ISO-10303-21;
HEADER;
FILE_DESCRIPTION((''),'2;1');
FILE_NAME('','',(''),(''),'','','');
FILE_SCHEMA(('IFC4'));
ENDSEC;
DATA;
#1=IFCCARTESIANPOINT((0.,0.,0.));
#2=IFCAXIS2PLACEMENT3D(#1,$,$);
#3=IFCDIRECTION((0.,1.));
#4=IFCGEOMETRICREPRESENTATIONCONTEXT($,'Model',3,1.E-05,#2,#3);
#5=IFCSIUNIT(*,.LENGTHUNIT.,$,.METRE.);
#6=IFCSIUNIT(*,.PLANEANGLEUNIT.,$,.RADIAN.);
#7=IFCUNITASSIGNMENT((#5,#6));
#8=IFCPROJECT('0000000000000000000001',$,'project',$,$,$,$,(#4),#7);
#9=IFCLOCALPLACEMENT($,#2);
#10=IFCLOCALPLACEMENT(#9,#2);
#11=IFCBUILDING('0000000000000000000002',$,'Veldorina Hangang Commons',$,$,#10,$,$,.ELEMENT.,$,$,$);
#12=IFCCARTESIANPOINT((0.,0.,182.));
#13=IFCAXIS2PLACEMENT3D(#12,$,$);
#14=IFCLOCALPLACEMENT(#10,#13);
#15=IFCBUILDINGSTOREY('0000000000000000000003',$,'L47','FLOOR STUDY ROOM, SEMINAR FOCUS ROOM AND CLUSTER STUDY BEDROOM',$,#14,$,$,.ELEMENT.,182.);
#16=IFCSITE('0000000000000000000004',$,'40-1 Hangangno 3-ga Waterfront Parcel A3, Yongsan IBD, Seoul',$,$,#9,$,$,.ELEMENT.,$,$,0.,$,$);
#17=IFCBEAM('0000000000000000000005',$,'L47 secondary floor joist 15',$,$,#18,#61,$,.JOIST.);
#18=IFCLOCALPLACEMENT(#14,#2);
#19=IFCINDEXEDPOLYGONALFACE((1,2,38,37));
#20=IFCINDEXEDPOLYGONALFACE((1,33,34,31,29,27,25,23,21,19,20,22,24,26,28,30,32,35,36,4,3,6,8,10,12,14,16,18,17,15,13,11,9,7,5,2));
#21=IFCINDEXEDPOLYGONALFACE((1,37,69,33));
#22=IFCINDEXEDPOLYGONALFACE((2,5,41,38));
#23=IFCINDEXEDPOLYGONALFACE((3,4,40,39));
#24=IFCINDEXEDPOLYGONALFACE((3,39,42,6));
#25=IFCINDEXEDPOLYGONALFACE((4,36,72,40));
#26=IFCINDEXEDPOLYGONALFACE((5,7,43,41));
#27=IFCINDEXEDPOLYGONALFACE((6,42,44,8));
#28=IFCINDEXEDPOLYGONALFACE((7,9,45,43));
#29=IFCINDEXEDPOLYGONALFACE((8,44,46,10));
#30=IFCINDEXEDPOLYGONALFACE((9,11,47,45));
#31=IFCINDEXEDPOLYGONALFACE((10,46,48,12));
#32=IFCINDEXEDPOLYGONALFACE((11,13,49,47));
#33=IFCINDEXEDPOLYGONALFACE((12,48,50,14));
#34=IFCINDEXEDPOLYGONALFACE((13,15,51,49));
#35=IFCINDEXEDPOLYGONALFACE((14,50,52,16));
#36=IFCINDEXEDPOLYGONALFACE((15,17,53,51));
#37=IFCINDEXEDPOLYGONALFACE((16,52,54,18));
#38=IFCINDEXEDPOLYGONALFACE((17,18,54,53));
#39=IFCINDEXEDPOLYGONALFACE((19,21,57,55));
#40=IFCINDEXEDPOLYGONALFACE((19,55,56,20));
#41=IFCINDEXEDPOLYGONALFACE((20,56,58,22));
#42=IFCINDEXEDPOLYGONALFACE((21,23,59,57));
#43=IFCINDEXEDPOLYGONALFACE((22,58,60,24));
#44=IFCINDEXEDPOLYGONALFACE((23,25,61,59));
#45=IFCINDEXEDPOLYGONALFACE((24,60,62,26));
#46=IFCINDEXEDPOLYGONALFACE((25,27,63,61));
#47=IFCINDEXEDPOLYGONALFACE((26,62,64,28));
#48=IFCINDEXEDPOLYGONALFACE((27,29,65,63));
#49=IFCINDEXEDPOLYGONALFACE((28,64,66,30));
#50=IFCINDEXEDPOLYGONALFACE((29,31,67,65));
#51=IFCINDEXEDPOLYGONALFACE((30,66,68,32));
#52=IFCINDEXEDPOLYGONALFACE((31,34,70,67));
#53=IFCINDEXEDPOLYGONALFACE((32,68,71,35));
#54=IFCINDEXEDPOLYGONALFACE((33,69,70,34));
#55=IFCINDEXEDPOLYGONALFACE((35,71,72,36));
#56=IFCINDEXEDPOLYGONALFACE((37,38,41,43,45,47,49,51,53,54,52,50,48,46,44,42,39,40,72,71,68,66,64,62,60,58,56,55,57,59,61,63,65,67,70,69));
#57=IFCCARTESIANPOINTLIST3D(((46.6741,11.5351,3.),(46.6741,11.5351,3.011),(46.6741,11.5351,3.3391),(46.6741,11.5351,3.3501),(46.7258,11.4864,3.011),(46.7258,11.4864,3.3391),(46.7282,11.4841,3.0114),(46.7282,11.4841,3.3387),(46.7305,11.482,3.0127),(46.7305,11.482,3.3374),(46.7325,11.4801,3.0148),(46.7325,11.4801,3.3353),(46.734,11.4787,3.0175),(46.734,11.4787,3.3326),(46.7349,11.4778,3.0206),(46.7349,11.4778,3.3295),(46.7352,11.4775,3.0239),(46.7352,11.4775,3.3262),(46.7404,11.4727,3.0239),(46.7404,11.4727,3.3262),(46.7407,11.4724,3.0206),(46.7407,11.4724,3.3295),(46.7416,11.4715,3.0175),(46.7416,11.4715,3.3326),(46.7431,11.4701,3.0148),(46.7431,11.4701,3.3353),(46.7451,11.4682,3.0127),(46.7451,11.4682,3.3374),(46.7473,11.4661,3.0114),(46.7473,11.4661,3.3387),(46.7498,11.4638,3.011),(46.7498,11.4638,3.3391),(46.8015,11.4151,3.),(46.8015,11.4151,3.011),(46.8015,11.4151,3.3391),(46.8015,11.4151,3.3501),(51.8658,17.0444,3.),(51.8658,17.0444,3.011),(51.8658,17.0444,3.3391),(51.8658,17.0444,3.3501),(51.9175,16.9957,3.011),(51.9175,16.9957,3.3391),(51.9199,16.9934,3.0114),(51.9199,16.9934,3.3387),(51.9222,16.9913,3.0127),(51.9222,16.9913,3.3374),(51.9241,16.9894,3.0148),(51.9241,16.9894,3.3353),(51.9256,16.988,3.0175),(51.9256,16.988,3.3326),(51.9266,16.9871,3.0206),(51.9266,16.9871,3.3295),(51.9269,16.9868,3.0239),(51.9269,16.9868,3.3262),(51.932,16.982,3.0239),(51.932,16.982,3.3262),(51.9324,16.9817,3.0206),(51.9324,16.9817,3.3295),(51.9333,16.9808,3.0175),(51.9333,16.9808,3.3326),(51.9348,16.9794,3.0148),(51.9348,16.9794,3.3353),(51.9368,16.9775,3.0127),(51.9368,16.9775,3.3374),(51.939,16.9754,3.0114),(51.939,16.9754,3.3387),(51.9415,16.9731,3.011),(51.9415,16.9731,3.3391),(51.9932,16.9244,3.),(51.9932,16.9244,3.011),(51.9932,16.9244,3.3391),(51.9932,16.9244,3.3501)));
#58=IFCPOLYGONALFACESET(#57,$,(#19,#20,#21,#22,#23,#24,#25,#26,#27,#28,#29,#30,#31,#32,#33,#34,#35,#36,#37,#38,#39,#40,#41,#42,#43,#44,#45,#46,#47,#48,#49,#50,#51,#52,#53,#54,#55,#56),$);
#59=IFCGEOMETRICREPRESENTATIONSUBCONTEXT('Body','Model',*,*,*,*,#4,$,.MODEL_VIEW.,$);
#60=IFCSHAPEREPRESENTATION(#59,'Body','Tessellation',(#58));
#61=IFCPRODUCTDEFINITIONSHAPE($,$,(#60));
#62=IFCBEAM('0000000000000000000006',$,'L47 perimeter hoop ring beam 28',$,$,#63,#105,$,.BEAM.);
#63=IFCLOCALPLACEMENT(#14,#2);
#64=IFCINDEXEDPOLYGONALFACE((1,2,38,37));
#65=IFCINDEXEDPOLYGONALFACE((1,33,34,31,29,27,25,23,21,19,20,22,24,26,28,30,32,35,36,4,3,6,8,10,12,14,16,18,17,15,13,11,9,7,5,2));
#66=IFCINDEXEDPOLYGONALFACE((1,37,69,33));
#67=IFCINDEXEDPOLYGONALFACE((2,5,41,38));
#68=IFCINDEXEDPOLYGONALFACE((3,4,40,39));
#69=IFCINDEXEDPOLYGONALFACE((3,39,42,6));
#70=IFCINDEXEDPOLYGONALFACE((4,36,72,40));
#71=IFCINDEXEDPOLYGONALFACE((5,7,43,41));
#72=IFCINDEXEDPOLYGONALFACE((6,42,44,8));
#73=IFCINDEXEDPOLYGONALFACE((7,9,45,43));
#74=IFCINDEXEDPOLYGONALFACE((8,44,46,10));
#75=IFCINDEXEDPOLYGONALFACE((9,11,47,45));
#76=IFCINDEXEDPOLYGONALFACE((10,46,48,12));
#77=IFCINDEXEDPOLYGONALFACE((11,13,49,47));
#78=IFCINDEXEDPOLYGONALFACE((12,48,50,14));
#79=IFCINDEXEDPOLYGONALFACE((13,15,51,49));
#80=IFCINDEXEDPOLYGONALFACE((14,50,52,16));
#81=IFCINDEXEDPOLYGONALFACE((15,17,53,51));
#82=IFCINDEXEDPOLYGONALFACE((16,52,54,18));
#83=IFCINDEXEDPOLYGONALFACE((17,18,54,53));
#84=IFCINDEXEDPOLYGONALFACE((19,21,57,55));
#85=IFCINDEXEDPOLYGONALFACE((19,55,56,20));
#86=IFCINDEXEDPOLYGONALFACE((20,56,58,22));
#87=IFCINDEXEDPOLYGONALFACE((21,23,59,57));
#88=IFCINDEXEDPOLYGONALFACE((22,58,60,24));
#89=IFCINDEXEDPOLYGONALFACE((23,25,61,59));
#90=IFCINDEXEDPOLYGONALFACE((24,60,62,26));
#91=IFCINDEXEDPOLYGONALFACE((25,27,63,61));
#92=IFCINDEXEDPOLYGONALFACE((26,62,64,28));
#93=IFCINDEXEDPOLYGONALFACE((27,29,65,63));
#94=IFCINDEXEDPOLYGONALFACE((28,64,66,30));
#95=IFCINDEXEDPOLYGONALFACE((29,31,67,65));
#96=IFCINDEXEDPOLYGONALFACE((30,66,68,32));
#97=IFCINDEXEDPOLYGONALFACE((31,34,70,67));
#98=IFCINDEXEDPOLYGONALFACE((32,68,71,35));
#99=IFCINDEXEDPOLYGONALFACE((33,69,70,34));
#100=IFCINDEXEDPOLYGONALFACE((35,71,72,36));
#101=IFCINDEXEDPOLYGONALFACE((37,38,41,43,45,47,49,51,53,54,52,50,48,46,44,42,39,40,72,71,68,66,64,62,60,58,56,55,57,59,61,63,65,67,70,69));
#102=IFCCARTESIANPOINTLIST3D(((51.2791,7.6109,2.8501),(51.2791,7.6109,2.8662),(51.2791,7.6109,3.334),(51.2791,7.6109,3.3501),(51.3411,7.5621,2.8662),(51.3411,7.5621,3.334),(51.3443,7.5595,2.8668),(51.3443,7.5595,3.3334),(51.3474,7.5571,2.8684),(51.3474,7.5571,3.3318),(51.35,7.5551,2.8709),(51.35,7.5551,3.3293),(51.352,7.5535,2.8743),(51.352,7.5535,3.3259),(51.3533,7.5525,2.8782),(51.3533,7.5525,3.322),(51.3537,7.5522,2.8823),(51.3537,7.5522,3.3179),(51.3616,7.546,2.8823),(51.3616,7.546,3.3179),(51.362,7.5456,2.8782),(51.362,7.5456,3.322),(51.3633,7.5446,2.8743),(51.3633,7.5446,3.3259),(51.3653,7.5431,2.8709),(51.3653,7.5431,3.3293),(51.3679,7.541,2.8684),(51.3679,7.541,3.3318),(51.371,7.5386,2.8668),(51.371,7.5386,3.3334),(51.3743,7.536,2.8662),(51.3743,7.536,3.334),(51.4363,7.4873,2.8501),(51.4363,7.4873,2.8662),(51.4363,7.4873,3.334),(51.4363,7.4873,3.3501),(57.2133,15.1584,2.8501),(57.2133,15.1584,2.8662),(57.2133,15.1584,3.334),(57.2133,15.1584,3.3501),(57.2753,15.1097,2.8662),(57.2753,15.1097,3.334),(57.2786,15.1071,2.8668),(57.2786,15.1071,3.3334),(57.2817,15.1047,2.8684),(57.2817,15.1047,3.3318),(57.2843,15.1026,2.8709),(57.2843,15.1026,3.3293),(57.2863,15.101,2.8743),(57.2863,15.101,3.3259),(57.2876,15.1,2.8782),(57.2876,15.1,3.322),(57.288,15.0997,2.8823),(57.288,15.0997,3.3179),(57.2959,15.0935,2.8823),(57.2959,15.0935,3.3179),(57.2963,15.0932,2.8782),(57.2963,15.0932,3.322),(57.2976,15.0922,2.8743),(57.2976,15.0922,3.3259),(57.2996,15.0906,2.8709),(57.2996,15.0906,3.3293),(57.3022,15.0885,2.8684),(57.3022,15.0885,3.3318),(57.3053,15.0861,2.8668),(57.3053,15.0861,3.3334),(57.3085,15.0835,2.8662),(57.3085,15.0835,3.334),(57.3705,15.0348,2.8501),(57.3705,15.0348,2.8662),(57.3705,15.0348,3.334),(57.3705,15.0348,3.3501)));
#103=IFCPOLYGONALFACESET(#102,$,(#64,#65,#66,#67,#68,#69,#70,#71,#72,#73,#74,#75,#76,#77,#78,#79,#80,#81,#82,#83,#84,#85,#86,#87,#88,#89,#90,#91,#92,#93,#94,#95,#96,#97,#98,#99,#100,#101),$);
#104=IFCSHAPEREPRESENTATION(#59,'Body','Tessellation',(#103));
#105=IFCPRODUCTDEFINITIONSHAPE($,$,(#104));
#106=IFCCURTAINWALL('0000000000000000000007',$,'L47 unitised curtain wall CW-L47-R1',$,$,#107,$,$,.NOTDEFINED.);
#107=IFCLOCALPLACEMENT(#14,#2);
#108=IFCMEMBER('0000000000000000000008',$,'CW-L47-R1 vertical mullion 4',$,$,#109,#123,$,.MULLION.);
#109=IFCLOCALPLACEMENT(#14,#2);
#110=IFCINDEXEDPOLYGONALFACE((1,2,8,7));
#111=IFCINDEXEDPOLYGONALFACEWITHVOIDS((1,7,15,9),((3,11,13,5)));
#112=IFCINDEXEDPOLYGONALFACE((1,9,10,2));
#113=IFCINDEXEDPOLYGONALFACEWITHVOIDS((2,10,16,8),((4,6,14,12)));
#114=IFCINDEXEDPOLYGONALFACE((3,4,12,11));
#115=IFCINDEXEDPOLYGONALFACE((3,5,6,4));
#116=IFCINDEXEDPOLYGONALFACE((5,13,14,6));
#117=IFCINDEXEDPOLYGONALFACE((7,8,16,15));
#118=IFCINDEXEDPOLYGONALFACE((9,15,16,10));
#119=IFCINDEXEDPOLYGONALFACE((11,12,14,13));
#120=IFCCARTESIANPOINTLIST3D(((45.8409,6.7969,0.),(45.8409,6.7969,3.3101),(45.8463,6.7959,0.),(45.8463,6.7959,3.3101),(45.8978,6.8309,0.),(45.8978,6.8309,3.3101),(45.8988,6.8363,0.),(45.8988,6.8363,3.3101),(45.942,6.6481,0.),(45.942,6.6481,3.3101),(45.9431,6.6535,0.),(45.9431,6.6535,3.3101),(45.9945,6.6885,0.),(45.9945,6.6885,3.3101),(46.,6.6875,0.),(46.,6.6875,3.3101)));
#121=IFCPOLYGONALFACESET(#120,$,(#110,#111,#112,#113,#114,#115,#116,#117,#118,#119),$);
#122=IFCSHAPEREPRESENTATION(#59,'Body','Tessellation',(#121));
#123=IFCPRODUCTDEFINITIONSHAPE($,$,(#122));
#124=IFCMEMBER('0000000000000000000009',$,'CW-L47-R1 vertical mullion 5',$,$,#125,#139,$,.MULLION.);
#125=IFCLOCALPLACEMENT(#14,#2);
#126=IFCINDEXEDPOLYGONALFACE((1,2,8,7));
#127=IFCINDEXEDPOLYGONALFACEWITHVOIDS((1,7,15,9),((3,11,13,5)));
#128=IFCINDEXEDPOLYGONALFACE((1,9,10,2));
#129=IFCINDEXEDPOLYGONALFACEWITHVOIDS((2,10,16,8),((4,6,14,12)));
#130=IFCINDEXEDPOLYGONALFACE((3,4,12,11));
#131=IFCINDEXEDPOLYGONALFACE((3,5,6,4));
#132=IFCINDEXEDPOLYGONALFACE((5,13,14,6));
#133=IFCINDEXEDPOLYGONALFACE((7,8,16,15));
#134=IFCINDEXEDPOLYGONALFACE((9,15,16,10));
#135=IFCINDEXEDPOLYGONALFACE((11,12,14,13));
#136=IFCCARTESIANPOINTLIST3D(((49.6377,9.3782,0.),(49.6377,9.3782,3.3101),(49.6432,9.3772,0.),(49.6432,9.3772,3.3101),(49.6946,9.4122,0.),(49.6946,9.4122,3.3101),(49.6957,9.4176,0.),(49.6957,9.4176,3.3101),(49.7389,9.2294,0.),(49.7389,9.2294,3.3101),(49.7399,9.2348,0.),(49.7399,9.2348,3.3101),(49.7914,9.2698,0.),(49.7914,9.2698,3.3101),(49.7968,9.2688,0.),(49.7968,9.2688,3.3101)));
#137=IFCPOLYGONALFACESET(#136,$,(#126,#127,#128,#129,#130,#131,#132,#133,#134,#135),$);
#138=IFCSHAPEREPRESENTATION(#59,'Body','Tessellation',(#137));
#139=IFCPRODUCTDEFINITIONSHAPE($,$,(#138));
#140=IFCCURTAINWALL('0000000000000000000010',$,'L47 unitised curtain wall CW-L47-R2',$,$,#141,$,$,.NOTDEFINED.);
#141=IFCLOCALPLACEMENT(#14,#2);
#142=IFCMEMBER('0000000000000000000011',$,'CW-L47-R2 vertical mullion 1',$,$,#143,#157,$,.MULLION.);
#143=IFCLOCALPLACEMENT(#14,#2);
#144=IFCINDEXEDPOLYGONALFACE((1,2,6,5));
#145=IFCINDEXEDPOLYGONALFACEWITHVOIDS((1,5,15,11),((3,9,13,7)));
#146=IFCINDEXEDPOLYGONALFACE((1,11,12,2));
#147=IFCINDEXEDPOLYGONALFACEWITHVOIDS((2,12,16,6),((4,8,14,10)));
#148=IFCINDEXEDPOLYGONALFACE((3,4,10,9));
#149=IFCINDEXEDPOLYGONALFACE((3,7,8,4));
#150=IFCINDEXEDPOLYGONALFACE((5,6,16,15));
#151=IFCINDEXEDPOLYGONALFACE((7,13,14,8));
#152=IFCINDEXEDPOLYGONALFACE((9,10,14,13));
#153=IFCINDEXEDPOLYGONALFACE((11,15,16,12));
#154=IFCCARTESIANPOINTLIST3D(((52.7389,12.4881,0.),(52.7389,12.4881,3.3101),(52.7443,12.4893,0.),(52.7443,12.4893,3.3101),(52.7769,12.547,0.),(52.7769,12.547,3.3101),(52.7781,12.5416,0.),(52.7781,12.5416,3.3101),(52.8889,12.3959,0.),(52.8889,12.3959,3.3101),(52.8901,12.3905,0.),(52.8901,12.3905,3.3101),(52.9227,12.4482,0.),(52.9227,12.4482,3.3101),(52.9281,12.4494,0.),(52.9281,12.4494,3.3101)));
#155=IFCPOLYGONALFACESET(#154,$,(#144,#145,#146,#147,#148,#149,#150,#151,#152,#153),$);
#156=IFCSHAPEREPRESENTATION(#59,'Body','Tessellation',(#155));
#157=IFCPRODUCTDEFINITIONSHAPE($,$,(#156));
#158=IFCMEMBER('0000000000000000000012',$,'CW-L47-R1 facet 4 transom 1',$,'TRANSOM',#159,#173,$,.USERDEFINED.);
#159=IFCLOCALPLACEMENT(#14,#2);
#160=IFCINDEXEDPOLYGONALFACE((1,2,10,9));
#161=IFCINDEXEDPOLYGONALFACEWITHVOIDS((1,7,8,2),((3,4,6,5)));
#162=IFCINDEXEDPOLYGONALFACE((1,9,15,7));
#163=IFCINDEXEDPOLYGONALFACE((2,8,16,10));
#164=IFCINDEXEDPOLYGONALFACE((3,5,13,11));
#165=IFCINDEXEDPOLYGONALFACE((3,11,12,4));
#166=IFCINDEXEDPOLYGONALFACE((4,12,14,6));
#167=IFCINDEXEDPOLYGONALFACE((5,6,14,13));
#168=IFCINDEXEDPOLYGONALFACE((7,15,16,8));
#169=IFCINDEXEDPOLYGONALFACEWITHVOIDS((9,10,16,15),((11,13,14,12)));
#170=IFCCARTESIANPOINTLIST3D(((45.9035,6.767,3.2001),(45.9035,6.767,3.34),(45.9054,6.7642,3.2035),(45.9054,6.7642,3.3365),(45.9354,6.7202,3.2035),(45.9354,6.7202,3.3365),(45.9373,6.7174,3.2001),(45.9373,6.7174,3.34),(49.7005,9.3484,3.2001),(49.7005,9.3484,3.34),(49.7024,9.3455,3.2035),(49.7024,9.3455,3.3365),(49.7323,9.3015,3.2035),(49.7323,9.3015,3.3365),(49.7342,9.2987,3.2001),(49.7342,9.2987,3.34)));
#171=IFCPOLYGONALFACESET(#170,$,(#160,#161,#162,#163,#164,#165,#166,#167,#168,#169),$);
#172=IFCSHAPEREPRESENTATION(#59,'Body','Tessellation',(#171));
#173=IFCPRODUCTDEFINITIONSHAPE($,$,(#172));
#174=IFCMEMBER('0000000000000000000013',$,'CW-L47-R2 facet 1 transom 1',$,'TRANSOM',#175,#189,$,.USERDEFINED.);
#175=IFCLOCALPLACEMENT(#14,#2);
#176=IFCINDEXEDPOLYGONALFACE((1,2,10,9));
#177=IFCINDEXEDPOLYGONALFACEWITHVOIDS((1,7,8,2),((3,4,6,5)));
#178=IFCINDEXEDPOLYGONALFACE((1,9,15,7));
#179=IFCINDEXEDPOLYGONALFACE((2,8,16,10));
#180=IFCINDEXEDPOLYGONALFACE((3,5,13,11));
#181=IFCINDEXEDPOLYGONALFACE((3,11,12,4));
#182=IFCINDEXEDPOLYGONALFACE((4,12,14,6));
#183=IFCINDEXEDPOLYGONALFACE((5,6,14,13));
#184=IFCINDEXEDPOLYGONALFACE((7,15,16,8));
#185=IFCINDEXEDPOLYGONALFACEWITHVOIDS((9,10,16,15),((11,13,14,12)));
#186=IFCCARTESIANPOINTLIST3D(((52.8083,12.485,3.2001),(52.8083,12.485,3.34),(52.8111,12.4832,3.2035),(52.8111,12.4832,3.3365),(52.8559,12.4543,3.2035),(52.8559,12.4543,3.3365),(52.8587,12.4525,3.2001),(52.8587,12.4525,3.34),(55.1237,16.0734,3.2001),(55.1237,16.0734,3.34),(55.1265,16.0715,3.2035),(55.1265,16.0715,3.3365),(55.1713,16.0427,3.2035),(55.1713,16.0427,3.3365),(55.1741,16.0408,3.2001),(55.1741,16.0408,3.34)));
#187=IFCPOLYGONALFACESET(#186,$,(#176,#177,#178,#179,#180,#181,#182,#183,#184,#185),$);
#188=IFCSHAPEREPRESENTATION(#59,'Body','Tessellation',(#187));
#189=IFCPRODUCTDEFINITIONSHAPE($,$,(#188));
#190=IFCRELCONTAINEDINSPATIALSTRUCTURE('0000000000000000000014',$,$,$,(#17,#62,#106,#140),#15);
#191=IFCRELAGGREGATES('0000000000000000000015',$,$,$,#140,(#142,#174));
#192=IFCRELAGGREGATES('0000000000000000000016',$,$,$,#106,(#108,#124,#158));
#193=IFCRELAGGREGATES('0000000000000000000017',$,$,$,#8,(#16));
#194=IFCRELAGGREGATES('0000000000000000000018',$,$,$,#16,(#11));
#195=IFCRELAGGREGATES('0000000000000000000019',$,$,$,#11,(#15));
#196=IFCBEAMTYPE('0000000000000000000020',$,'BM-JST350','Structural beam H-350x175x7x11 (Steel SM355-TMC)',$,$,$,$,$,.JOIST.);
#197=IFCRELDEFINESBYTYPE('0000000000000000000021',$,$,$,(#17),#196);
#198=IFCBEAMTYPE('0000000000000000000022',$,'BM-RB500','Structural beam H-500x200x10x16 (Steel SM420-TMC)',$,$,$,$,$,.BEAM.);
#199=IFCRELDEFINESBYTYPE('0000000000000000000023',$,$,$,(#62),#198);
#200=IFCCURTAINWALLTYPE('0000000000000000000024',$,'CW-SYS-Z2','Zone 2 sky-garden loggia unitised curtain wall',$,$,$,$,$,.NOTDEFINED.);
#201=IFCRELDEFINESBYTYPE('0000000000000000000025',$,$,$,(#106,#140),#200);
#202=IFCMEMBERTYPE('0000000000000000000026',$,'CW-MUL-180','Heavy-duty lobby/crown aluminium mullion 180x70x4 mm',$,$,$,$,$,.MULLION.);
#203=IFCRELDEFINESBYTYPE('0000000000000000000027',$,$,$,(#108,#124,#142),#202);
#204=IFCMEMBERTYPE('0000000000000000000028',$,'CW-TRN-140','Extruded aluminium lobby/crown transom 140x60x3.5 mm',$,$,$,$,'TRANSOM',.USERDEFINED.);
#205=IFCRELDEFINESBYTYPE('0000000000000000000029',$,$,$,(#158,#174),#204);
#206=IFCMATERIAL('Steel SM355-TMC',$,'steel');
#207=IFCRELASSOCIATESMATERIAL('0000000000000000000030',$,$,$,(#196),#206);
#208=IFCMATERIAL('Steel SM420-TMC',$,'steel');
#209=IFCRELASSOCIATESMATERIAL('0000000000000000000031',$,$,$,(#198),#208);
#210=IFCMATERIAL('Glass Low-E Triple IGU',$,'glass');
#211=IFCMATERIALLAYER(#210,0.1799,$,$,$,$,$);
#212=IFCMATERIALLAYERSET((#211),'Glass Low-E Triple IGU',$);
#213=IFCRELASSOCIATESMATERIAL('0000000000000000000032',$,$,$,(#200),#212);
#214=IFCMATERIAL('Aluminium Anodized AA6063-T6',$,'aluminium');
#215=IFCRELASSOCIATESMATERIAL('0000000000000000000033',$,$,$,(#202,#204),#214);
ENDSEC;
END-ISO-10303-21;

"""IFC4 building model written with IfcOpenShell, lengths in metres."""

from ifc_helpers import new_model, si_unit, direction, frame, origin, origin_2d, place, context, subcontext, project, spatial, hollow_rectangle, i_section, extrude, material, layer, layer_set, material_profile, profile_set, type_object, element, aggregate, save


model = new_model("IFC4")

# Units and contexts
model_context = context("Model", 3, precision=1e-05, world=origin(), true_north=direction((0.0, 1.0)))
body_context = subcontext(model_context, "Body", "Model", "MODEL_VIEW")
ifc_project = project(units=[si_unit("LENGTHUNIT", "METRE"), si_unit("PLANEANGLEUNIT", "RADIAN")], contexts=[model_context])

# Site, building, storey
site_placement = place(None, origin())
site = spatial("IfcSite", under=ifc_project, at=site_placement, Name="40-1 Hangangno 3-ga Waterfront Parcel A3, Yongsan IBD, Seoul", CompositionType="ELEMENT", RefElevation=0.0)
building_placement = place(site_placement, origin())
building = spatial("IfcBuilding", under=site, at=building_placement, Name="Veldorina Hangang Commons", CompositionType="ELEMENT")
storey_placement = place(building_placement, frame((0.0, 0.0, 182.0)))
storey = spatial("IfcBuildingStorey", under=building, at=storey_placement, Name="L47", Description="FLOOR STUDY ROOM, SEMINAR FOCUS ROOM AND CLUSTER STUDY BEDROOM", CompositionType="ELEMENT", Elevation=182.0)

# Beams
ifc_material_1 = material(Name="Steel SM355-TMC", Category="steel")
ifc_material_profile_1 = material_profile(ifc_material_1, i_section(OverallWidth=0.175, OverallDepth=0.3501, WebThickness=0.0071, FlangeThickness=0.011, FilletRadius=0.0129, at=origin_2d()), Name="H-350x175x7x11")
ifc_profile_set_1 = profile_set([ifc_material_profile_1], Name="Steel SM355-TMC")
beam_type_1 = type_object("IfcBeamType", Name="BM-JST350", Description="Structural beam H-350x175x7x11 (Steel SM355-TMC)", PredefinedType="JOIST", material=ifc_profile_set_1)
beam_1_placement = place(storey_placement, frame((46.7378, 11.4751, 3.175), z_axis=(0.685816, 0.727775, 0.0), x_axis=(-0.727775, 0.685816, 0.0)))
element("IfcBeam", 1, at=beam_1_placement, inside=storey, type_object=beam_type_1, Name="L47 secondary floor joist 15", PredefinedType="JOIST", context=body_context, shape_type="SweptSolid", body=[
    extrude(i_section(OverallWidth=0.175, OverallDepth=0.3501, WebThickness=0.0071, FlangeThickness=0.011, FilletRadius=0.0129, at=origin_2d()), origin(), (0.0, 0.0, 1.0), 7.5701),
])
ifc_material_2 = material(Name="Steel SM420-TMC", Category="steel")
ifc_material_profile_2 = material_profile(ifc_material_2, i_section(OverallWidth=0.2, OverallDepth=0.5, WebThickness=0.01, FlangeThickness=0.0161, FilletRadius=0.0161, at=origin_2d()), Name="H-500x200x10x16")
ifc_profile_set_2 = profile_set([ifc_material_profile_2], Name="Steel SM420-TMC")
beam_type_2 = type_object("IfcBeamType", Name="BM-RB500", Description="Structural beam H-500x200x10x16 (Steel SM420-TMC)", PredefinedType="BEAM", material=ifc_profile_set_2)
beam_2_placement = place(storey_placement, frame((51.3577, 7.5491, 3.1001), z_axis=(0.618083, 0.786113, 0.0), x_axis=(-0.786113, 0.618083, 0.0)))
element("IfcBeam", 2, at=beam_2_placement, inside=storey, type_object=beam_type_2, Name="L47 perimeter hoop ring beam 28", PredefinedType="BEAM", context=body_context, shape_type="SweptSolid", body=[
    extrude(i_section(OverallWidth=0.2, OverallDepth=0.5, WebThickness=0.01, FlangeThickness=0.0161, FilletRadius=0.0161, at=origin_2d()), origin(), (0.0, 0.0, 1.0), 9.6011),
])

# Curtain wall, members
ifc_material_3 = material(Name="Glass Low-E Triple IGU", Category="glass")
ifc_layer_1 = layer(ifc_material_3, 0.1799)
ifc_layer_set_1 = layer_set([ifc_layer_1], Name="Glass Low-E Triple IGU")
curtain_wall_type = type_object("IfcCurtainWallType", Name="CW-SYS-Z2", Description="Zone 2 sky-garden loggia unitised curtain wall", PredefinedType="NOTDEFINED", material=ifc_layer_set_1)
curtain_wall_1_placement = place(storey_placement, origin())
curtain_wall_1 = element("IfcCurtainWall", 3, at=curtain_wall_1_placement, inside=storey, type_object=curtain_wall_type, Name="L47 unitised curtain wall CW-L47-R1", PredefinedType="NOTDEFINED")
ifc_material_4 = material(Name="Aluminium Anodized AA6063-T6", Category="aluminium")
ifc_material_profile_3 = material_profile(ifc_material_4, hollow_rectangle(XDim=0.0701, YDim=0.1799, WallThickness=0.0039, at=origin_2d()), Name="ALU-RHS-180x70x4")
ifc_profile_set_3 = profile_set([ifc_material_profile_3], Name="Aluminium Anodized AA6063-T6")
member_type_1 = type_object("IfcMemberType", Name="CW-MUL-180", Description="Heavy-duty lobby/crown aluminium mullion 180x70x4 mm", PredefinedType="MULLION", material=ifc_profile_set_3)
member_1_placement = place(storey_placement, frame((45.9204, 6.7422, 0.0), z_axis=(0.0, 0.0, 1.0), x_axis=(0.826992, 0.562213, 0.0)))
member_1 = element("IfcMember", 4, at=member_1_placement, type_object=member_type_1, Name="CW-L47-R1 vertical mullion 4", PredefinedType="MULLION", context=body_context, shape_type="SweptSolid", body=[
    extrude(hollow_rectangle(XDim=0.0701, YDim=0.1799, WallThickness=0.0039, at=origin_2d()), origin(), (0.0, 0.0, 1.0), 3.3101),
])
member_2_placement = place(storey_placement, frame((49.7173, 9.3235, 0.0), z_axis=(0.0, 0.0, 1.0), x_axis=(-0.826992, -0.562213, 0.0)))
member_2 = element("IfcMember", 5, at=member_2_placement, type_object=member_type_1, Name="CW-L47-R1 vertical mullion 5", PredefinedType="MULLION", context=body_context, shape_type="SweptSolid", body=[
    extrude(hollow_rectangle(XDim=0.0701, YDim=0.1799, WallThickness=0.0039, at=origin_2d()), origin(), (0.0, 0.0, 1.0), 3.3101),
])

# Curtain wall, member
curtain_wall_2_placement = place(storey_placement, origin())
curtain_wall_2 = element("IfcCurtainWall", 6, at=curtain_wall_2_placement, inside=storey, type_object=curtain_wall_type, Name="L47 unitised curtain wall CW-L47-R2", PredefinedType="NOTDEFINED")
member_3_placement = place(storey_placement, frame((52.8335, 12.4688, 0.0), z_axis=(0.0, 0.0, 1.0), x_axis=(0.542178, 0.840264, 0.0)))
member_3 = element("IfcMember", 7, at=member_3_placement, type_object=member_type_1, Name="CW-L47-R2 vertical mullion 1", PredefinedType="MULLION", context=body_context, shape_type="SweptSolid", body=[
    extrude(hollow_rectangle(XDim=0.0701, YDim=0.1799, WallThickness=0.0039, at=origin_2d()), origin(), (0.0, 0.0, 1.0), 3.3101),
])

# Members
ifc_material_profile_4 = material_profile(ifc_material_4, hollow_rectangle(XDim=0.0601, YDim=0.1399, WallThickness=0.0034, at=origin_2d()), Name="ALU-RHS-140x60x3.5")
ifc_profile_set_4 = profile_set([ifc_material_profile_4], Name="Aluminium Anodized AA6063-T6")
member_type_2 = type_object("IfcMemberType", Name="CW-TRN-140", Description="Extruded aluminium lobby/crown transom 140x60x3.5 mm", ElementType="TRANSOM", PredefinedType="USERDEFINED", material=ifc_profile_set_4)
member_4_placement = place(storey_placement, frame((45.9204, 6.7422, 3.27), z_axis=(0.826985, 0.562224, 0.0), x_axis=(-0.562224, 0.826985, 0.0)))
member_4 = element("IfcMember", 8, at=member_4_placement, type_object=member_type_2, Name="CW-L47-R1 facet 4 transom 1", ObjectType="TRANSOM", PredefinedType="USERDEFINED", context=body_context, shape_type="SweptSolid", body=[
    extrude(hollow_rectangle(XDim=0.0601, YDim=0.1399, WallThickness=0.0034, at=origin_2d()), origin(), (0.0, 0.0, 1.0), 4.5913),
])
member_5_placement = place(storey_placement, frame((52.8335, 12.4688, 3.27), z_axis=(0.542184, 0.84026, 0.0), x_axis=(-0.84026, 0.542184, 0.0)))
member_5 = element("IfcMember", 9, at=member_5_placement, type_object=member_type_2, Name="CW-L47-R2 facet 1 transom 1", ObjectType="TRANSOM", PredefinedType="USERDEFINED", context=body_context, shape_type="SweptSolid", body=[
    extrude(hollow_rectangle(XDim=0.0601, YDim=0.1399, WallThickness=0.0034, at=origin_2d()), origin(), (0.0, 0.0, 1.0), 4.2705),
])
aggregate(curtain_wall_2, [member_3, member_5])

aggregate(curtain_wall_1, [member_1, member_2, member_4])

save(model, "model.ifc")
